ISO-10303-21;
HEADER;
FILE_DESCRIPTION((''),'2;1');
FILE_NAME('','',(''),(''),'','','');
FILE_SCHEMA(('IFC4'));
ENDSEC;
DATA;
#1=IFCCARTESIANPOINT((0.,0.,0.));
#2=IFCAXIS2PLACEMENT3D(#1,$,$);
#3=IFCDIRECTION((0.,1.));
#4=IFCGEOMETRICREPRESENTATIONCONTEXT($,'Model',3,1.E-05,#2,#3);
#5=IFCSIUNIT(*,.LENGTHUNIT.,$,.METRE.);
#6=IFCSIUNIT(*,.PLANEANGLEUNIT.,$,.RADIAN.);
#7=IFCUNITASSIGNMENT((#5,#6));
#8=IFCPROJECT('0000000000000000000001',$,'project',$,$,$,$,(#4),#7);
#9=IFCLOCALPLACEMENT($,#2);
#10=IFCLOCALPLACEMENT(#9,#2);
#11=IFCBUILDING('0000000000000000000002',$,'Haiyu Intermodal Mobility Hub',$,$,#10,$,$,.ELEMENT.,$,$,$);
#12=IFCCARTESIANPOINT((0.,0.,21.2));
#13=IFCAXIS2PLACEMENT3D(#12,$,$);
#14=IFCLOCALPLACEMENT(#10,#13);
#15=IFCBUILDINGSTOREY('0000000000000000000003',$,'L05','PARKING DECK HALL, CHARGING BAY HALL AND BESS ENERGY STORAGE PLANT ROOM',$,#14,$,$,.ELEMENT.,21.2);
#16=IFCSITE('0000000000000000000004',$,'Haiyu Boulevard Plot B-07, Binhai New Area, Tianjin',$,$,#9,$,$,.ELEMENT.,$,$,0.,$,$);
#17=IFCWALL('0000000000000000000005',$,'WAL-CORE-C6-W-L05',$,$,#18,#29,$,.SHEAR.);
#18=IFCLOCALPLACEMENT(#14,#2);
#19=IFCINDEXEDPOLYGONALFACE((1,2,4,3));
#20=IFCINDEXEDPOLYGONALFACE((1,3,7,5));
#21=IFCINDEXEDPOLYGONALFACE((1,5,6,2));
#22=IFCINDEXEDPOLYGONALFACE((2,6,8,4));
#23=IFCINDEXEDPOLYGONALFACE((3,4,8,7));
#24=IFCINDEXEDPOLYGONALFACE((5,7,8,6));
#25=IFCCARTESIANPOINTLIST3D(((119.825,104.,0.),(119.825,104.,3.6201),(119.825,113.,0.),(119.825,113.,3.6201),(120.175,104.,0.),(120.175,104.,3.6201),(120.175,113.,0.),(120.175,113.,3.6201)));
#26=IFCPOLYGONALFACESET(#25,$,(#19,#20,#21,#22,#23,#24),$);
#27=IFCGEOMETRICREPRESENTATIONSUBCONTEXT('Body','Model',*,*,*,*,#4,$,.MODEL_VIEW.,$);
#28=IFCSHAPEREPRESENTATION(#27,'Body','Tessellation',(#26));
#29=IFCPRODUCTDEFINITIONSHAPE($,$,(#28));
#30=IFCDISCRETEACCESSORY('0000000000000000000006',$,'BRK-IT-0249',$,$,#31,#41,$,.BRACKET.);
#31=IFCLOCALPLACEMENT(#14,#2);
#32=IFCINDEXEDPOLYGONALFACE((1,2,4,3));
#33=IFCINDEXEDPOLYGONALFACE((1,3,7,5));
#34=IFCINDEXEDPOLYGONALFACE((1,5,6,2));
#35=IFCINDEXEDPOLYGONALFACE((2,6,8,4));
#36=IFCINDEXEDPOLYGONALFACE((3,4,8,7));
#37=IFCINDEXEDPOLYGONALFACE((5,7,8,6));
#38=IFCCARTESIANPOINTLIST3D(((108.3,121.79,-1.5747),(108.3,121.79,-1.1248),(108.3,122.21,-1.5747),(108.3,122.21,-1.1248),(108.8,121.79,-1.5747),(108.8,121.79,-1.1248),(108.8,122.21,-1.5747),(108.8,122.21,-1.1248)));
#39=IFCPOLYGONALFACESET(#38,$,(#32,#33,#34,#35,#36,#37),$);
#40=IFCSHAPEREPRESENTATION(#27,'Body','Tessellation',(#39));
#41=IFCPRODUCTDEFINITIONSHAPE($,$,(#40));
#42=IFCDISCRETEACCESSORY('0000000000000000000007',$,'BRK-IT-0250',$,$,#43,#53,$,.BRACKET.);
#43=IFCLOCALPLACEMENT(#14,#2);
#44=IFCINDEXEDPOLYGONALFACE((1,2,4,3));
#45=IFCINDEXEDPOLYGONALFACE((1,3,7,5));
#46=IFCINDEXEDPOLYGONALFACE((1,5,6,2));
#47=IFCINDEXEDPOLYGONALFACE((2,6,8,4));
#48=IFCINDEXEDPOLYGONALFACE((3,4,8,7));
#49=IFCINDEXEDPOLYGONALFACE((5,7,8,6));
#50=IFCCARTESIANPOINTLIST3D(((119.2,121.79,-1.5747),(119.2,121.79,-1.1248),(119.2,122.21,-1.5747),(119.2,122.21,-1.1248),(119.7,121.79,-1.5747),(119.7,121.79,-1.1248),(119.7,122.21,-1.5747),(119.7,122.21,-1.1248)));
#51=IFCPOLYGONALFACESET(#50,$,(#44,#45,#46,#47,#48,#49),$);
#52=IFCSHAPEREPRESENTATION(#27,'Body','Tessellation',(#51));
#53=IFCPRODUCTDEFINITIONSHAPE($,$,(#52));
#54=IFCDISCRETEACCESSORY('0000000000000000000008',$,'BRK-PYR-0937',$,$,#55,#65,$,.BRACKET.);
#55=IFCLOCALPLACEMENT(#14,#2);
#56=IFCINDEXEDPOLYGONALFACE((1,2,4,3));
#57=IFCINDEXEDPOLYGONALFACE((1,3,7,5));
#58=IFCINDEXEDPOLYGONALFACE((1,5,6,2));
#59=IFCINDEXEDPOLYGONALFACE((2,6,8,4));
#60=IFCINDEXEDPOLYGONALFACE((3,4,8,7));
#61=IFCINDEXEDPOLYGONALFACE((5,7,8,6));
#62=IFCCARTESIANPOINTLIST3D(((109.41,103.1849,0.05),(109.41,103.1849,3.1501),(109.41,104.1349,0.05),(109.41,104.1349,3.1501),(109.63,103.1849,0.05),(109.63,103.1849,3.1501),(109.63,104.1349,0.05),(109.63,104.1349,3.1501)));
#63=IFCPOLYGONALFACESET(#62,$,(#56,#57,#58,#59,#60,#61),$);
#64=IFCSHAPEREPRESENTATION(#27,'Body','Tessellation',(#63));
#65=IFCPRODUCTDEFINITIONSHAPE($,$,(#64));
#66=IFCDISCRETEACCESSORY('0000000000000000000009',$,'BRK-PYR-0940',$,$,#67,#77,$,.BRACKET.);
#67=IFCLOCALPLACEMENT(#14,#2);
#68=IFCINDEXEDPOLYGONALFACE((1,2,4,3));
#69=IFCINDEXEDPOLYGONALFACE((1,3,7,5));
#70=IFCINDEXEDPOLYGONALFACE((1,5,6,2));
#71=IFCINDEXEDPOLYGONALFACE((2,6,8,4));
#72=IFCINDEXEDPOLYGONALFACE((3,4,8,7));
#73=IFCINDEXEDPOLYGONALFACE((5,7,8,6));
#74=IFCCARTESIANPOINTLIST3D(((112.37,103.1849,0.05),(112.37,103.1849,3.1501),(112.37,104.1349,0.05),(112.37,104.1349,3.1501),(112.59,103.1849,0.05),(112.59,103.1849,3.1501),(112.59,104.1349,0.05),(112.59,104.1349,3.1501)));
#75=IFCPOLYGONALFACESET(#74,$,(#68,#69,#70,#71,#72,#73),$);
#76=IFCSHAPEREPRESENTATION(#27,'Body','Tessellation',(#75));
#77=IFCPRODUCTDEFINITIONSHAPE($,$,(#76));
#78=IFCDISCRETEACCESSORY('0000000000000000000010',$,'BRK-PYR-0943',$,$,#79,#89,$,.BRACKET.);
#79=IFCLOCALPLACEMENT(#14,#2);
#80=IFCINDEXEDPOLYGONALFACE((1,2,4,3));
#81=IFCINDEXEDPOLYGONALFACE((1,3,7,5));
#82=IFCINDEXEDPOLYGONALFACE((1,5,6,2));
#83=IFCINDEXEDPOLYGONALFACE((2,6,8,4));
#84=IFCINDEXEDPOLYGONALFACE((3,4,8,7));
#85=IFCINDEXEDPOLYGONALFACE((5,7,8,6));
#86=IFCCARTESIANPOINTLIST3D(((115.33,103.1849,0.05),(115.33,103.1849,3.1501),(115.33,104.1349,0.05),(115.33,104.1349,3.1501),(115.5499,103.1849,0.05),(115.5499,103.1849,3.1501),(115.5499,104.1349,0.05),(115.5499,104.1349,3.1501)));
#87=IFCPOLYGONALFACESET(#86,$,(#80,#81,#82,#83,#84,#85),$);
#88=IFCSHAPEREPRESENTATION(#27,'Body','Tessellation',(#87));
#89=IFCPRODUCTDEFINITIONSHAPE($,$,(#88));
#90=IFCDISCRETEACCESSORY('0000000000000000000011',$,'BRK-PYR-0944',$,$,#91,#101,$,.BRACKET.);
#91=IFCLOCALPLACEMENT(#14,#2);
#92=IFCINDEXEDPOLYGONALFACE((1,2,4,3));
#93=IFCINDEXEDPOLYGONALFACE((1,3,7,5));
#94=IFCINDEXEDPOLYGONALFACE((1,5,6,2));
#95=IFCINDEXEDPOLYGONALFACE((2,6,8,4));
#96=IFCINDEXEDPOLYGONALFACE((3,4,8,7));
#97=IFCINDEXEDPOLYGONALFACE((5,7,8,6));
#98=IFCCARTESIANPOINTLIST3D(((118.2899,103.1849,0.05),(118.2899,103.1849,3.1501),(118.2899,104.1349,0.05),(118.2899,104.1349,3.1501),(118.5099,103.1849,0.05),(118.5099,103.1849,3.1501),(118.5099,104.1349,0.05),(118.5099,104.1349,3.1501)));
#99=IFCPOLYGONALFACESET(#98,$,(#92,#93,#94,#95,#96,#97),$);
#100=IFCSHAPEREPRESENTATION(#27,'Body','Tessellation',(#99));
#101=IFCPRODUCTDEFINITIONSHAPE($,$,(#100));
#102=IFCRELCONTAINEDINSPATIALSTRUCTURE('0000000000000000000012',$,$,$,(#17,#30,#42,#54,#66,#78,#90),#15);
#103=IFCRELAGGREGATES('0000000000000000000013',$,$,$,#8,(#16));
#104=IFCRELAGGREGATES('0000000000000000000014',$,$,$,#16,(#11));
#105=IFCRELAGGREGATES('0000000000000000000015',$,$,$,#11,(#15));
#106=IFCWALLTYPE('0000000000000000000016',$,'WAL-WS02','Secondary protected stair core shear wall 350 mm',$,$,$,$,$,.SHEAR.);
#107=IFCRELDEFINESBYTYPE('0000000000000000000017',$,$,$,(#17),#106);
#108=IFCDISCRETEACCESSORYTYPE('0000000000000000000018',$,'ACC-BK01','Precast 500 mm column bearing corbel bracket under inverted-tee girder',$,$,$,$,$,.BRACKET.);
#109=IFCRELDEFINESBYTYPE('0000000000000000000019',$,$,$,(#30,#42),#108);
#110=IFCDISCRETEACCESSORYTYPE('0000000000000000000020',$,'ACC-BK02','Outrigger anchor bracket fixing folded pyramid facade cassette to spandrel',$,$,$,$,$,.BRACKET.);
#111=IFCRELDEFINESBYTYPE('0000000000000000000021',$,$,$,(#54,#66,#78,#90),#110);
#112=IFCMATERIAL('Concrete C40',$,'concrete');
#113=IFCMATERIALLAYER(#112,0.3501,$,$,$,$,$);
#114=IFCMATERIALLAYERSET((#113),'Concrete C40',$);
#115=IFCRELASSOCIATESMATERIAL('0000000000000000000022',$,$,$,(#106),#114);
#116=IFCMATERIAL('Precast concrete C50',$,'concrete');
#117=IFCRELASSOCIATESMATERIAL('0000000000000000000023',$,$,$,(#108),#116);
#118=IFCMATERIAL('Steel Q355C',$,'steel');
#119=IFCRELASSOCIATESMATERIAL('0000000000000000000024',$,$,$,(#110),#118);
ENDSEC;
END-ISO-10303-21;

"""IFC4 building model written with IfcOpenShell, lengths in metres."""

from ifc_helpers import new_model, si_unit, direction, frame, frame_2d, origin, origin_2d, place, context, subcontext, project, spatial, rectangle, extrude, material, layer, layer_set, type_object, element, save


model = new_model("IFC4")

# Units and contexts
model_context = context("Model", 3, precision=1e-05, world=origin(), true_north=direction((0.0, 1.0)))
body_context = subcontext(model_context, "Body", "Model", "MODEL_VIEW")
ifc_project = project(units=[si_unit("LENGTHUNIT", "METRE"), si_unit("PLANEANGLEUNIT", "RADIAN")], contexts=[model_context])

# Site, building, storey
site_placement = place(None, origin())
site = spatial("IfcSite", under=ifc_project, at=site_placement, Name="Haiyu Boulevard Plot B-07, Binhai New Area, Tianjin", CompositionType="ELEMENT", RefElevation=0.0)
building_placement = place(site_placement, origin())
building = spatial("IfcBuilding", under=site, at=building_placement, Name="Haiyu Intermodal Mobility Hub", CompositionType="ELEMENT")
storey_placement = place(building_placement, frame((0.0, 0.0, 21.2)))
storey = spatial("IfcBuildingStorey", under=building, at=storey_placement, Name="L05", Description="PARKING DECK HALL, CHARGING BAY HALL AND BESS ENERGY STORAGE PLANT ROOM", CompositionType="ELEMENT", Elevation=21.2)

# Shared definitions
ifc_material_1 = material(Name="Concrete C40", Category="concrete")
ifc_material_2 = material(Name="Precast concrete C50", Category="concrete")
ifc_material_3 = material(Name="Steel Q355C", Category="steel")

# Wall
ifc_layer = layer(ifc_material_1, 0.3501)
ifc_layer_set = layer_set([ifc_layer], Name="Concrete C40")
wall_type = type_object("IfcWallType", Name="WAL-WS02", Description="Secondary protected stair core shear wall 350 mm", PredefinedType="SHEAR", material=ifc_layer_set)
for number, where, z_axis, x_axis, name in (
    (1, (120.0, 113.0, 0.0), (0.0, 0.0, 1.0), (0.0, -1.0, 0.0), "WAL-CORE-C6-W-L05"),
):
    element("IfcWall", number, at=place(storey_placement, frame(where, z_axis=z_axis, x_axis=x_axis)), inside=storey, type_object=wall_type, Name=name, PredefinedType="SHEAR", context=body_context, shape_type="SweptSolid", body=[
        extrude(rectangle(XDim=9.0, YDim=0.3501, at=frame_2d((4.5, 0.0))), origin(), (0.0, 0.0, 1.0), 3.6201),
    ])

# Discrete accessories
discrete_accessory_type_1 = type_object("IfcDiscreteAccessoryType", Name="ACC-BK01", Description="Precast 500 mm column bearing corbel bracket under inverted-tee girder", PredefinedType="BRACKET", material=ifc_material_2)
for number, where, z_axis, x_axis, name in (
    (2, (108.55, 122.0, -1.5747), (0.0, 0.0, 1.0), (1.0, 0.0, 0.0), "BRK-IT-0249"),
    (3, (119.45, 122.0, -1.5747), (0.0, 0.0, 1.0), (1.0, 0.0, 0.0), "BRK-IT-0250"),
):
    element("IfcDiscreteAccessory", number, at=place(storey_placement, frame(where, z_axis=z_axis, x_axis=x_axis)), inside=storey, type_object=discrete_accessory_type_1, Name=name, PredefinedType="BRACKET", context=body_context, shape_type="SweptSolid", body=[
        extrude(rectangle(XDim=0.5, YDim=0.4199, at=origin_2d()), origin(), (0.0, 0.0, 1.0), 0.45),
    ])
discrete_accessory_type_2 = type_object("IfcDiscreteAccessoryType", Name="ACC-BK02", Description="Outrigger anchor bracket fixing folded pyramid facade cassette to spandrel", PredefinedType="BRACKET", material=ifc_material_3)
for number, where, z_axis, x_axis, name in (
    (4, (109.52, 103.6599, 0.05), (0.0, 0.0, 1.0), (1.0, 0.0, 0.0), "BRK-PYR-0937"),
    (5, (112.48, 103.6599, 0.05), (0.0, 0.0, 1.0), (1.0, 0.0, 0.0), "BRK-PYR-0940"),
    (6, (115.4399, 103.6599, 0.05), (0.0, 0.0, 1.0), (1.0, 0.0, 0.0), "BRK-PYR-0943"),
    (7, (118.3999, 103.6599, 0.05), (0.0, 0.0, 1.0), (1.0, 0.0, 0.0), "BRK-PYR-0944"),
):
    element("IfcDiscreteAccessory", number, at=place(storey_placement, frame(where, z_axis=z_axis, x_axis=x_axis)), inside=storey, type_object=discrete_accessory_type_2, Name=name, PredefinedType="BRACKET", context=body_context, shape_type="SweptSolid", body=[
        extrude(rectangle(XDim=0.22, YDim=0.95, at=origin_2d()), origin(), (0.0, 0.0, 1.0), 3.1001),
    ])

save(model, "model.ifc")
